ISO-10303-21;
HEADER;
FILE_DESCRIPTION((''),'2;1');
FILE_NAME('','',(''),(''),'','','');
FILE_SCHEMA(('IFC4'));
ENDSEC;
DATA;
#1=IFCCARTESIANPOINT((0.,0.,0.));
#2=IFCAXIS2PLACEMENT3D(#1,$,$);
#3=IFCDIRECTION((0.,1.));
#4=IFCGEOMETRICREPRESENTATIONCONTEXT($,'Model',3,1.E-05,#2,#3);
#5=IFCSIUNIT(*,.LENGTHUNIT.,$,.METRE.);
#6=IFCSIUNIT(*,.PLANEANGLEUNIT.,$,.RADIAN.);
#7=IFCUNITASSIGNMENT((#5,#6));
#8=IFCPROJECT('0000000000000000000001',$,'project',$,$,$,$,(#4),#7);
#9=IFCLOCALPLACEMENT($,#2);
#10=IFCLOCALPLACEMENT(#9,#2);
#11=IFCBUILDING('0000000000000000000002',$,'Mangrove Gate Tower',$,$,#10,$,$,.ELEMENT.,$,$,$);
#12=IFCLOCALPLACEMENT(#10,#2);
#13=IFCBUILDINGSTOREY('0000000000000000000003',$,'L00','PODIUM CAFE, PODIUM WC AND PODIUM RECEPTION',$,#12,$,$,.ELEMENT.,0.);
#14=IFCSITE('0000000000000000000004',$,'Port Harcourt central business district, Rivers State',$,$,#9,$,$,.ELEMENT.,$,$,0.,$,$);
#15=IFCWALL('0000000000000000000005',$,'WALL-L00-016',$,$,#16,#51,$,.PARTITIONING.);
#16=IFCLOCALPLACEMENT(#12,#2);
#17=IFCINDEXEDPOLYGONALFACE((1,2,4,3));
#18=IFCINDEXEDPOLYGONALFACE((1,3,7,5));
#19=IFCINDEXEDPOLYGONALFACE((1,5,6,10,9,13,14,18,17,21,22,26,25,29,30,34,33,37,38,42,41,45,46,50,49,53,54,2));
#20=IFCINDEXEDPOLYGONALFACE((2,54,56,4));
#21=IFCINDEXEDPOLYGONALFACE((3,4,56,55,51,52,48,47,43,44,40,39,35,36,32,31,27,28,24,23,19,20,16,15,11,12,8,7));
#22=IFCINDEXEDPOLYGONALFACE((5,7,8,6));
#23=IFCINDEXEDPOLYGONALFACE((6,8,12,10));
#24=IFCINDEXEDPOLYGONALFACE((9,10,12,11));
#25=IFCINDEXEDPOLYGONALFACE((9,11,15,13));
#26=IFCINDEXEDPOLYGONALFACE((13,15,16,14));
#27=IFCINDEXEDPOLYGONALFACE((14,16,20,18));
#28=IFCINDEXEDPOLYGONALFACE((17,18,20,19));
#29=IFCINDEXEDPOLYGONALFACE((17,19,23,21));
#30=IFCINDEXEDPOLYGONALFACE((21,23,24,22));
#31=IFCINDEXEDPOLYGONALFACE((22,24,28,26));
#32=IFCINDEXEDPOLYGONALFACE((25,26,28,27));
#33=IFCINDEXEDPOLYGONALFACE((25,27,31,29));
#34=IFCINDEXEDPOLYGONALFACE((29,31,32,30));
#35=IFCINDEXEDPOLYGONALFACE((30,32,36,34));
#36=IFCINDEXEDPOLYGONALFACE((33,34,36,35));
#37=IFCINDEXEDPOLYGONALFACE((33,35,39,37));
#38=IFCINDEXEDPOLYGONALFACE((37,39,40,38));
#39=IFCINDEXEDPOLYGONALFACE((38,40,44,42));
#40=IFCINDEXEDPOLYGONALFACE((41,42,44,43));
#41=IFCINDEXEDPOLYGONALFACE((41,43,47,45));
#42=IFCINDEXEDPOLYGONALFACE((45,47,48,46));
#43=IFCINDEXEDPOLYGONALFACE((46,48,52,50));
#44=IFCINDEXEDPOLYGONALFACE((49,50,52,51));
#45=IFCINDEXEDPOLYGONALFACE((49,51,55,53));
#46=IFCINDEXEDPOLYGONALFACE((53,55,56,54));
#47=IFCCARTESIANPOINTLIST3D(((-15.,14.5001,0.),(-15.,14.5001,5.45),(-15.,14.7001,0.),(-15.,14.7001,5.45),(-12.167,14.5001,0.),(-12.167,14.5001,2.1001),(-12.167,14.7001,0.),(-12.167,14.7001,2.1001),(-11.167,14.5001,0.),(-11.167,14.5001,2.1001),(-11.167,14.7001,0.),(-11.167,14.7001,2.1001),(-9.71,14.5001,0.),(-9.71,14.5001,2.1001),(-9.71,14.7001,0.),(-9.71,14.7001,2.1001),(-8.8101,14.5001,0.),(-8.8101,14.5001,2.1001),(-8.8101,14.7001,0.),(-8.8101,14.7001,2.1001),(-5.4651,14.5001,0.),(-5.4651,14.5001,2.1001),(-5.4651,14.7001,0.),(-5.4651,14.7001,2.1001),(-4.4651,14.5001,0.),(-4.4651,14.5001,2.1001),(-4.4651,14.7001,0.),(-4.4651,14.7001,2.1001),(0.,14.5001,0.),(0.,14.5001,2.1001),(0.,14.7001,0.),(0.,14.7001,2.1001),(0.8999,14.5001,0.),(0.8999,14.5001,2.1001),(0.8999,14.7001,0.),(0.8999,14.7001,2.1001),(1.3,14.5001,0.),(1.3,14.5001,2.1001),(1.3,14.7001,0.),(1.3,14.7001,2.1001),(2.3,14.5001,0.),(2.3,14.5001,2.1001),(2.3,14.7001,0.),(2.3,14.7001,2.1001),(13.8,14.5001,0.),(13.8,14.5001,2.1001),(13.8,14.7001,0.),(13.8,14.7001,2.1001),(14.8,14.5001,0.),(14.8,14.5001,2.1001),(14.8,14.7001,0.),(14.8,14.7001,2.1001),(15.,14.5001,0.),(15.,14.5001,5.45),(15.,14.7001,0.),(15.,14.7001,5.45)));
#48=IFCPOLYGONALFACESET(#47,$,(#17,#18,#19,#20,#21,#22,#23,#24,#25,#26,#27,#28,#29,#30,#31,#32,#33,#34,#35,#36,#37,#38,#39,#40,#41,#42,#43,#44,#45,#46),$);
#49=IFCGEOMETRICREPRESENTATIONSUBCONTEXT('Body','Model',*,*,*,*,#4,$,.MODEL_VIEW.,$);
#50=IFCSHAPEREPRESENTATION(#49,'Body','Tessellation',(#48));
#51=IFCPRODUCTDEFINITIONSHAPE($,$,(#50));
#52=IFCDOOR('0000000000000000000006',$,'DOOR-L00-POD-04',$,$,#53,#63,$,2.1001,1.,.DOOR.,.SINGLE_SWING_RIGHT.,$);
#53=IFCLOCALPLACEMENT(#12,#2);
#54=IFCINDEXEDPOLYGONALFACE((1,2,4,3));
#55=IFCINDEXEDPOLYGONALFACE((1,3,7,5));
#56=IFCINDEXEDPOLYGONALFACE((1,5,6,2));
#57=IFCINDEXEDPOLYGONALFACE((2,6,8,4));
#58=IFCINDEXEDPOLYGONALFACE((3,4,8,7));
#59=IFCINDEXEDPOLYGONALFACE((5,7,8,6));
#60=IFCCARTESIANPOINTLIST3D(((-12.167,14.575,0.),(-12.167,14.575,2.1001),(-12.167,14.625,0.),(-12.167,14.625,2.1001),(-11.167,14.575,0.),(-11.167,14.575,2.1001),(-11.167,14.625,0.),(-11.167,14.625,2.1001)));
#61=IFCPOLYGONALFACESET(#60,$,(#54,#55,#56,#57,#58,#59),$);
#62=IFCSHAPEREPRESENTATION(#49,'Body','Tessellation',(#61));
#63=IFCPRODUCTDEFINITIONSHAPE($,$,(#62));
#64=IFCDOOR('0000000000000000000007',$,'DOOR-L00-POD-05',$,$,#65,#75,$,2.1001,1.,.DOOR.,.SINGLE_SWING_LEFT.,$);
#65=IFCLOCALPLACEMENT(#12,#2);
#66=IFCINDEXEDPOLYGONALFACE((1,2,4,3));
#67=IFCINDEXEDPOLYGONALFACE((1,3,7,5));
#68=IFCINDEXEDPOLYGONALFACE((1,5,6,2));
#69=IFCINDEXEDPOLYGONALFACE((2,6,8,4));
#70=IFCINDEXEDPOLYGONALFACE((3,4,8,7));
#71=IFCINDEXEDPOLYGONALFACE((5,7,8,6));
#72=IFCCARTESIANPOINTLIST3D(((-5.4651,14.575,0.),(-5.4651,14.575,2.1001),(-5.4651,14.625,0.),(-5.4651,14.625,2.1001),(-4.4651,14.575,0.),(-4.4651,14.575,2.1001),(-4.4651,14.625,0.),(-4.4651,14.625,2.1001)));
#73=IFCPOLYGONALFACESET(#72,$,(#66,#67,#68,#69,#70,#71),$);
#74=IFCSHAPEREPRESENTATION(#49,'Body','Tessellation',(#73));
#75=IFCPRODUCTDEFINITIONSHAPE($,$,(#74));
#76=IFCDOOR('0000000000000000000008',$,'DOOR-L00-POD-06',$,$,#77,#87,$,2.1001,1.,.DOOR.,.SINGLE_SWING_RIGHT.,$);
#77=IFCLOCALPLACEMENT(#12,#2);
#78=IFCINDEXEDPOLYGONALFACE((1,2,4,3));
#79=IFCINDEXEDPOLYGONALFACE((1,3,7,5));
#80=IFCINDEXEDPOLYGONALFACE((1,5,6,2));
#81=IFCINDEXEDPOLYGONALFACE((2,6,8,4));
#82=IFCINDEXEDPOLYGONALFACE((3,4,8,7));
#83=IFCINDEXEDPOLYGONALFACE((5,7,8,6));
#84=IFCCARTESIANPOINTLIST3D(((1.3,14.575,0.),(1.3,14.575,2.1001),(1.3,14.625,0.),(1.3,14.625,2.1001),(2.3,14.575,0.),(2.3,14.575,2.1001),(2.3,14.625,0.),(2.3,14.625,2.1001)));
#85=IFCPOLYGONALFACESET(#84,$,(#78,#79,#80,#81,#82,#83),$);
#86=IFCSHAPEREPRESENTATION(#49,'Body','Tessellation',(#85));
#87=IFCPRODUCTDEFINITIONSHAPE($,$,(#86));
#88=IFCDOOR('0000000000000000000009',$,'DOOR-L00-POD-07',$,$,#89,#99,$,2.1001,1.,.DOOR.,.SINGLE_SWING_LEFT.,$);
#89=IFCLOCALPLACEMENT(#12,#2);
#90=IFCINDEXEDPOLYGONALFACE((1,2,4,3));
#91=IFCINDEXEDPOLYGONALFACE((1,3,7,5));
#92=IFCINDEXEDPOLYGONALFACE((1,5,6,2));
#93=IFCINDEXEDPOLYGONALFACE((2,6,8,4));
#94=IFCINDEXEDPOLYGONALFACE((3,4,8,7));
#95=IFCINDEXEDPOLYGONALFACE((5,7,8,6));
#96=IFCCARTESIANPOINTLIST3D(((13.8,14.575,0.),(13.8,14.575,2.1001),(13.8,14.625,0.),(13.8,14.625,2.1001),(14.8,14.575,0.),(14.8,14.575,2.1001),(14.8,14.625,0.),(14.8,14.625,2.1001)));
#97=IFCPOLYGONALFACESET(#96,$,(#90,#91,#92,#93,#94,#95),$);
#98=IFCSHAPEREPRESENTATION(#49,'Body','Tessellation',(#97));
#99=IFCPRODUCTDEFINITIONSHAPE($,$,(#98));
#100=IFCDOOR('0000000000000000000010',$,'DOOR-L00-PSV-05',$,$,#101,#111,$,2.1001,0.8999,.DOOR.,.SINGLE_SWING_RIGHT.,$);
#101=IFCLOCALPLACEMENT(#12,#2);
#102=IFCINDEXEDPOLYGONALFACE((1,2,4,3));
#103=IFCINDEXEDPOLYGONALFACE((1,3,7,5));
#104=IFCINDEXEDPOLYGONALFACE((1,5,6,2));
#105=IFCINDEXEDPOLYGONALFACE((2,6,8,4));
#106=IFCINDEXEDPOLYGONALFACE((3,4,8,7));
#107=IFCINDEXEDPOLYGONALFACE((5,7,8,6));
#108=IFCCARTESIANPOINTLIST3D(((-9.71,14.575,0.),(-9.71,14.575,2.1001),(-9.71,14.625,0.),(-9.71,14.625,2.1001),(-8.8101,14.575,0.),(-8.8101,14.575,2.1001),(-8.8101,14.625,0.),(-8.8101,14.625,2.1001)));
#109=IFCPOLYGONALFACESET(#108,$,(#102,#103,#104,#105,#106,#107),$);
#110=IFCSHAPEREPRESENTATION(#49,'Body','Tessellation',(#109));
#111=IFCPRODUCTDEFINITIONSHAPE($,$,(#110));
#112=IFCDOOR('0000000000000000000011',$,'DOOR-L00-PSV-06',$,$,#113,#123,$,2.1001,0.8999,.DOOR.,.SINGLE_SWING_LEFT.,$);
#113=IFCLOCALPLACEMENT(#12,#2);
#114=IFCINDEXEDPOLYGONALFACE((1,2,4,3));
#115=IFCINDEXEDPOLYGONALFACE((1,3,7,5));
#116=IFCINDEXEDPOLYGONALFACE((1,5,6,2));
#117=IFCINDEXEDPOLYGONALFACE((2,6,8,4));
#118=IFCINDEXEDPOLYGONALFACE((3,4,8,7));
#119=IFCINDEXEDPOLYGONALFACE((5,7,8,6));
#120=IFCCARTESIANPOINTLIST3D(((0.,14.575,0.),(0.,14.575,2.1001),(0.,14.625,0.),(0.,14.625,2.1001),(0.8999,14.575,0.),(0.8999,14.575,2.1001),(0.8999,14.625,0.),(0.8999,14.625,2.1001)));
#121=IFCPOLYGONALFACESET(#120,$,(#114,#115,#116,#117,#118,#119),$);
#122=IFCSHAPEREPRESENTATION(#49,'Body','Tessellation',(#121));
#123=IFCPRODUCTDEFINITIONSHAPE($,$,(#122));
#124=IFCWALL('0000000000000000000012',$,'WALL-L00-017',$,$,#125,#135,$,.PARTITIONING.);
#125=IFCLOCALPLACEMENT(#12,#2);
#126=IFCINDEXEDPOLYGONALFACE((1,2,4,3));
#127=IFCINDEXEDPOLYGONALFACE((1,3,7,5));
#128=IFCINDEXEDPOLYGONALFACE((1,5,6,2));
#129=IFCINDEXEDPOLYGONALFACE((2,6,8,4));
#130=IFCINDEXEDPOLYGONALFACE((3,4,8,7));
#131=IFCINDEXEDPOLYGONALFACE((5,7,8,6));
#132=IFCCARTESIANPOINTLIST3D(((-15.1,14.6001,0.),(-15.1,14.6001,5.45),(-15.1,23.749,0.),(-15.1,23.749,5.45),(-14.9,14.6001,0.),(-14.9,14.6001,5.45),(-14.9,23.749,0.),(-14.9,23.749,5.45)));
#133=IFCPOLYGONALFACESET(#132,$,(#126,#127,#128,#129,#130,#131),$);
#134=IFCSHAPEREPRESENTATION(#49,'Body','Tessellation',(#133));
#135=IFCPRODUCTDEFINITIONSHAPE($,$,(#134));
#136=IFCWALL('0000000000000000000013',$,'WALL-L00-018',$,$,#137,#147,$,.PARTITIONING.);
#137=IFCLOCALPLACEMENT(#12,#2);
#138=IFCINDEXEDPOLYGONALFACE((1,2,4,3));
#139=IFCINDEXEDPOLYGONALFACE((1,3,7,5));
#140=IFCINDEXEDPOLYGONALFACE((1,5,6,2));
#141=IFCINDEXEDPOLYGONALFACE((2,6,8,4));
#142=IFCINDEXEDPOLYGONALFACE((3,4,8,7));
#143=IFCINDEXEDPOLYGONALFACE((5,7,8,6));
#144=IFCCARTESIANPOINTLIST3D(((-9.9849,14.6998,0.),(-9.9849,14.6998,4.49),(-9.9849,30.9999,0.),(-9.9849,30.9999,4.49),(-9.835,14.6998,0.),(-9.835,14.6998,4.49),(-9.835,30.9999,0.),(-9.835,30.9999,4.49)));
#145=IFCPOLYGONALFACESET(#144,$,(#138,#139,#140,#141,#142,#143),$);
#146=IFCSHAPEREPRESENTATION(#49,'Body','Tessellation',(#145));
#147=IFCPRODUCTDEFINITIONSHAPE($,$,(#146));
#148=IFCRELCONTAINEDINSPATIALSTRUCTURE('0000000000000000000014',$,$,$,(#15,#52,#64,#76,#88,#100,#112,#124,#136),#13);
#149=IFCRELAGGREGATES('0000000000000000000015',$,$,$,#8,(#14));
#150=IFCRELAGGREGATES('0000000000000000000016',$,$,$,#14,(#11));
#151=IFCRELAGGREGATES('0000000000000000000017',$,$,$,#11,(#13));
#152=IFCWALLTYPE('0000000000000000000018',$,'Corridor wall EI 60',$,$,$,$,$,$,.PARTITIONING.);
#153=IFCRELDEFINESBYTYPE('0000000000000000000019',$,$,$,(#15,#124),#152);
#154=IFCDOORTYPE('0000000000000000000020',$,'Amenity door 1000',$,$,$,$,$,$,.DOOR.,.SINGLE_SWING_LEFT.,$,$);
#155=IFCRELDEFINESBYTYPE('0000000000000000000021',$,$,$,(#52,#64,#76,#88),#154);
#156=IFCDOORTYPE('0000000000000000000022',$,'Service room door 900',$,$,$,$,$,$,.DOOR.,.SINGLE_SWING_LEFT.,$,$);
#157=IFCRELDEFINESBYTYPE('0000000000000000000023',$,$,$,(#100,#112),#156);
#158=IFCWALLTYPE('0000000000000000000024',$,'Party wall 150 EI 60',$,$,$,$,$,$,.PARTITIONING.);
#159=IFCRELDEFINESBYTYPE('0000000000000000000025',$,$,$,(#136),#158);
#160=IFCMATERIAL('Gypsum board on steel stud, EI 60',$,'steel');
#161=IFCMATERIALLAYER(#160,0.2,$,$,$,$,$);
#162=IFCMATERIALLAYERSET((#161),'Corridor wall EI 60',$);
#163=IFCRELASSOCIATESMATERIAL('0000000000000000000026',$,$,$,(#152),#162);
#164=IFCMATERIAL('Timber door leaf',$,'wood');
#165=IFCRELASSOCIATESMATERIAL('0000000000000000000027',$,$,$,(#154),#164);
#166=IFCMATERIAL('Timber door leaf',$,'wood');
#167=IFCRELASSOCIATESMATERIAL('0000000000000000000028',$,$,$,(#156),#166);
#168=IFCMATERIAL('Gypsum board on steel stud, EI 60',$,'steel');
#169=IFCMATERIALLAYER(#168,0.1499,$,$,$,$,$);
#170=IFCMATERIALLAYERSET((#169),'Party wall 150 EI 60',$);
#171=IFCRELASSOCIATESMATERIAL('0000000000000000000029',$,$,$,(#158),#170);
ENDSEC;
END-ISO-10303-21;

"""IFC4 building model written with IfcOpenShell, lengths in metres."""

from ifc_helpers import new_model, si_unit, direction, frame, frame_2d, origin, place, context, subcontext, project, spatial, rectangle, extrude, material, layer, layer_set, type_object, element, fill, save


model = new_model("IFC4")

# Units and contexts
model_context = context("Model", 3, precision=1e-05, world=origin(), true_north=direction((0.0, 1.0)))
body_context = subcontext(model_context, "Body", "Model", "MODEL_VIEW")
ifc_project = project(units=[si_unit("LENGTHUNIT", "METRE"), si_unit("PLANEANGLEUNIT", "RADIAN")], contexts=[model_context])

# Site, building, storey
site_placement = place(None, origin())
site = spatial("IfcSite", under=ifc_project, at=site_placement, Name="Port Harcourt central business district, Rivers State", CompositionType="ELEMENT", RefElevation=0.0)
building_placement = place(site_placement, origin())
building = spatial("IfcBuilding", under=site, at=building_placement, Name="Mangrove Gate Tower", CompositionType="ELEMENT")
storey_placement = place(building_placement, origin())
storey = spatial("IfcBuildingStorey", under=building, at=storey_placement, Name="L00", Description="PODIUM CAFE, PODIUM WC AND PODIUM RECEPTION", CompositionType="ELEMENT", Elevation=0.0)

# Wall, openings, doors
ifc_material_1 = material(Name="Gypsum board on steel stud, EI 60", Category="steel")
ifc_layer_1 = layer(ifc_material_1, 0.2)
ifc_layer_set_1 = layer_set([ifc_layer_1], Name="Corridor wall EI 60")
wall_type_1 = type_object("IfcWallType", Name="Corridor wall EI 60", PredefinedType="PARTITIONING", material=ifc_layer_set_1)
wall_1_placement = place(storey_placement, frame((-15.0, 14.6001, 0.0), z_axis=(0.0, 0.0, 1.0), x_axis=(1.0, 0.0, 0.0)))
wall_1 = element("IfcWall", 1, at=wall_1_placement, inside=storey, type_object=wall_type_1, Name="WALL-L00-016", PredefinedType="PARTITIONING", context=body_context, shape_type="SweptSolid", body=[
    extrude(rectangle(XDim=30.0, YDim=0.2, at=frame_2d((15.0, 0.0))), origin(), (0.0, 0.0, 1.0), 5.45),
])
opening_1_placement = place(wall_1_placement, frame((2.833, 0.0, 0.0)))
opening_1 = element("IfcOpeningElement", 2, at=opening_1_placement, cuts=wall_1, PredefinedType="OPENING", context=body_context, shape_type="SweptSolid", body=[
    extrude(rectangle(XDim=1.0, YDim=2.1001, at=frame_2d((0.5, 1.05))), frame((0.0, 0.1099, 0.0), z_axis=(0.0, -1.0, 0.0), x_axis=(1.0, 0.0, 0.0)), (0.0, 0.0, 1.0), 0.22),
])
opening_2_placement = place(wall_1_placement, frame((9.5349, 0.0, 0.0)))
opening_2 = element("IfcOpeningElement", 3, at=opening_2_placement, cuts=wall_1, PredefinedType="OPENING", context=body_context, shape_type="SweptSolid", body=[
    extrude(rectangle(XDim=1.0, YDim=2.1001, at=frame_2d((0.5, 1.05))), frame((0.0, 0.1099, 0.0), z_axis=(0.0, -1.0, 0.0), x_axis=(1.0, 0.0, 0.0)), (0.0, 0.0, 1.0), 0.22),
])
opening_3_placement = place(wall_1_placement, frame((5.29, 0.0, 0.0)))
opening_3 = element("IfcOpeningElement", 4, at=opening_3_placement, cuts=wall_1, PredefinedType="OPENING", context=body_context, shape_type="SweptSolid", body=[
    extrude(rectangle(XDim=0.8999, YDim=2.1001, at=frame_2d((0.45, 1.05))), frame((0.0, 0.1099, 0.0), z_axis=(0.0, -1.0, 0.0), x_axis=(1.0, 0.0, 0.0)), (0.0, 0.0, 1.0), 0.22),
])
opening_4_placement = place(wall_1_placement, frame((16.3, 0.0, 0.0)))
opening_4 = element("IfcOpeningElement", 5, at=opening_4_placement, cuts=wall_1, PredefinedType="OPENING", context=body_context, shape_type="SweptSolid", body=[
    extrude(rectangle(XDim=1.0, YDim=2.1001, at=frame_2d((0.5, 1.05))), frame((0.0, 0.1099, 0.0), z_axis=(0.0, -1.0, 0.0), x_axis=(1.0, 0.0, 0.0)), (0.0, 0.0, 1.0), 0.22),
])
opening_5_placement = place(wall_1_placement, frame((15.0, 0.0, 0.0)))
opening_5 = element("IfcOpeningElement", 6, at=opening_5_placement, cuts=wall_1, PredefinedType="OPENING", context=body_context, shape_type="SweptSolid", body=[
    extrude(rectangle(XDim=0.8999, YDim=2.1001, at=frame_2d((0.45, 1.05))), frame((0.0, 0.1099, 0.0), z_axis=(0.0, -1.0, 0.0), x_axis=(1.0, 0.0, 0.0)), (0.0, 0.0, 1.0), 0.22),
])
opening_6_placement = place(wall_1_placement, frame((28.8, 0.0, 0.0)))
opening_6 = element("IfcOpeningElement", 7, at=opening_6_placement, cuts=wall_1, PredefinedType="OPENING", context=body_context, shape_type="SweptSolid", body=[
    extrude(rectangle(XDim=1.0, YDim=2.1001, at=frame_2d((0.5, 1.05))), frame((0.0, 0.1099, 0.0), z_axis=(0.0, -1.0, 0.0), x_axis=(1.0, 0.0, 0.0)), (0.0, 0.0, 1.0), 0.22),
])
ifc_material_2 = material(Name="Timber door leaf", Category="wood")
door_type_1 = type_object("IfcDoorType", Name="Amenity door 1000", OperationType="SINGLE_SWING_LEFT", PredefinedType="DOOR", material=ifc_material_2)
door_1_placement = place(opening_1_placement, origin())
door_1 = element("IfcDoor", 8, at=door_1_placement, inside=storey, type_object=door_type_1, Name="DOOR-L00-POD-04", OperationType="SINGLE_SWING_RIGHT", OverallHeight=2.1001, OverallWidth=1.0, PredefinedType="DOOR", context=body_context, shape_type="SweptSolid", body=[
    extrude(rectangle(XDim=1.0, YDim=2.1001, at=frame_2d((0.5, 1.05))), frame((0.0, 0.0249, 0.0), z_axis=(0.0, -1.0, 0.0), x_axis=(1.0, 0.0, 0.0)), (0.0, 0.0, 1.0), 0.05),
])
fill(opening_1, door_1)
door_2_placement = place(opening_2_placement, origin())
door_2 = element("IfcDoor", 9, at=door_2_placement, inside=storey, type_object=door_type_1, Name="DOOR-L00-POD-05", OperationType="SINGLE_SWING_LEFT", OverallHeight=2.1001, OverallWidth=1.0, PredefinedType="DOOR", context=body_context, shape_type="SweptSolid", body=[
    extrude(rectangle(XDim=1.0, YDim=2.1001, at=frame_2d((0.5, 1.05))), frame((0.0, 0.0249, 0.0), z_axis=(0.0, -1.0, 0.0), x_axis=(1.0, 0.0, 0.0)), (0.0, 0.0, 1.0), 0.05),
])
fill(opening_2, door_2)
door_3_placement = place(opening_4_placement, origin())
door_3 = element("IfcDoor", 10, at=door_3_placement, inside=storey, type_object=door_type_1, Name="DOOR-L00-POD-06", OperationType="SINGLE_SWING_RIGHT", OverallHeight=2.1001, OverallWidth=1.0, PredefinedType="DOOR", context=body_context, shape_type="SweptSolid", body=[
    extrude(rectangle(XDim=1.0, YDim=2.1001, at=frame_2d((0.5, 1.05))), frame((0.0, 0.0249, 0.0), z_axis=(0.0, -1.0, 0.0), x_axis=(1.0, 0.0, 0.0)), (0.0, 0.0, 1.0), 0.05),
])
fill(opening_4, door_3)
door_4_placement = place(opening_6_placement, origin())
door_4 = element("IfcDoor", 11, at=door_4_placement, inside=storey, type_object=door_type_1, Name="DOOR-L00-POD-07", OperationType="SINGLE_SWING_LEFT", OverallHeight=2.1001, OverallWidth=1.0, PredefinedType="DOOR", context=body_context, shape_type="SweptSolid", body=[
    extrude(rectangle(XDim=1.0, YDim=2.1001, at=frame_2d((0.5, 1.05))), frame((0.0, 0.0249, 0.0), z_axis=(0.0, -1.0, 0.0), x_axis=(1.0, 0.0, 0.0)), (0.0, 0.0, 1.0), 0.05),
])
fill(opening_6, door_4)
ifc_material_3 = material(Name="Timber door leaf", Category="wood")
door_type_2 = type_object("IfcDoorType", Name="Service room door 900", OperationType="SINGLE_SWING_LEFT", PredefinedType="DOOR", material=ifc_material_3)
door_5_placement = place(opening_3_placement, origin())
door_5 = element("IfcDoor", 12, at=door_5_placement, inside=storey, type_object=door_type_2, Name="DOOR-L00-PSV-05", OperationType="SINGLE_SWING_RIGHT", OverallHeight=2.1001, OverallWidth=0.8999, PredefinedType="DOOR", context=body_context, shape_type="SweptSolid", body=[
    extrude(rectangle(XDim=0.8999, YDim=2.1001, at=frame_2d((0.45, 1.05))), frame((0.0, 0.0249, 0.0), z_axis=(0.0, -1.0, 0.0), x_axis=(1.0, 0.0, 0.0)), (0.0, 0.0, 1.0), 0.05),
])
fill(opening_3, door_5)
door_6_placement = place(opening_5_placement, origin())
door_6 = element("IfcDoor", 13, at=door_6_placement, inside=storey, type_object=door_type_2, Name="DOOR-L00-PSV-06", OperationType="SINGLE_SWING_LEFT", OverallHeight=2.1001, OverallWidth=0.8999, PredefinedType="DOOR", context=body_context, shape_type="SweptSolid", body=[
    extrude(rectangle(XDim=0.8999, YDim=2.1001, at=frame_2d((0.45, 1.05))), frame((0.0, 0.0249, 0.0), z_axis=(0.0, -1.0, 0.0), x_axis=(1.0, 0.0, 0.0)), (0.0, 0.0, 1.0), 0.05),
])
fill(opening_5, door_6)

# Walls
wall_2_placement = place(storey_placement, frame((-15.0, 14.6001, 0.0), z_axis=(0.0, 0.0, 1.0), x_axis=(0.0, 1.0, 0.0)))
element("IfcWall", 14, at=wall_2_placement, inside=storey, type_object=wall_type_1, Name="WALL-L00-017", PredefinedType="PARTITIONING", context=body_context, shape_type="SweptSolid", body=[
    extrude(rectangle(XDim=9.1489, YDim=0.2, at=frame_2d((4.5745, 0.0))), origin(), (0.0, 0.0, 1.0), 5.45),
])
ifc_material_4 = material(Name="Gypsum board on steel stud, EI 60", Category="steel")
ifc_layer_2 = layer(ifc_material_4, 0.1499)
ifc_layer_set_2 = layer_set([ifc_layer_2], Name="Party wall 150 EI 60")
wall_type_2 = type_object("IfcWallType", Name="Party wall 150 EI 60", PredefinedType="PARTITIONING", material=ifc_layer_set_2)
wall_3_placement = place(storey_placement, frame((-9.9099, 14.7, 0.0), z_axis=(0.0, 0.0, 1.0), x_axis=(0.0, 1.0, 0.0)))
element("IfcWall", 15, at=wall_3_placement, inside=storey, type_object=wall_type_2, Name="WALL-L00-018", PredefinedType="PARTITIONING", context=body_context, shape_type="SweptSolid", body=[
    extrude(rectangle(XDim=16.3, YDim=0.1499, at=frame_2d((8.1499, 0.0))), origin(), (0.0, 0.0, 1.0), 4.49),
])

save(model, "model.ifc")
